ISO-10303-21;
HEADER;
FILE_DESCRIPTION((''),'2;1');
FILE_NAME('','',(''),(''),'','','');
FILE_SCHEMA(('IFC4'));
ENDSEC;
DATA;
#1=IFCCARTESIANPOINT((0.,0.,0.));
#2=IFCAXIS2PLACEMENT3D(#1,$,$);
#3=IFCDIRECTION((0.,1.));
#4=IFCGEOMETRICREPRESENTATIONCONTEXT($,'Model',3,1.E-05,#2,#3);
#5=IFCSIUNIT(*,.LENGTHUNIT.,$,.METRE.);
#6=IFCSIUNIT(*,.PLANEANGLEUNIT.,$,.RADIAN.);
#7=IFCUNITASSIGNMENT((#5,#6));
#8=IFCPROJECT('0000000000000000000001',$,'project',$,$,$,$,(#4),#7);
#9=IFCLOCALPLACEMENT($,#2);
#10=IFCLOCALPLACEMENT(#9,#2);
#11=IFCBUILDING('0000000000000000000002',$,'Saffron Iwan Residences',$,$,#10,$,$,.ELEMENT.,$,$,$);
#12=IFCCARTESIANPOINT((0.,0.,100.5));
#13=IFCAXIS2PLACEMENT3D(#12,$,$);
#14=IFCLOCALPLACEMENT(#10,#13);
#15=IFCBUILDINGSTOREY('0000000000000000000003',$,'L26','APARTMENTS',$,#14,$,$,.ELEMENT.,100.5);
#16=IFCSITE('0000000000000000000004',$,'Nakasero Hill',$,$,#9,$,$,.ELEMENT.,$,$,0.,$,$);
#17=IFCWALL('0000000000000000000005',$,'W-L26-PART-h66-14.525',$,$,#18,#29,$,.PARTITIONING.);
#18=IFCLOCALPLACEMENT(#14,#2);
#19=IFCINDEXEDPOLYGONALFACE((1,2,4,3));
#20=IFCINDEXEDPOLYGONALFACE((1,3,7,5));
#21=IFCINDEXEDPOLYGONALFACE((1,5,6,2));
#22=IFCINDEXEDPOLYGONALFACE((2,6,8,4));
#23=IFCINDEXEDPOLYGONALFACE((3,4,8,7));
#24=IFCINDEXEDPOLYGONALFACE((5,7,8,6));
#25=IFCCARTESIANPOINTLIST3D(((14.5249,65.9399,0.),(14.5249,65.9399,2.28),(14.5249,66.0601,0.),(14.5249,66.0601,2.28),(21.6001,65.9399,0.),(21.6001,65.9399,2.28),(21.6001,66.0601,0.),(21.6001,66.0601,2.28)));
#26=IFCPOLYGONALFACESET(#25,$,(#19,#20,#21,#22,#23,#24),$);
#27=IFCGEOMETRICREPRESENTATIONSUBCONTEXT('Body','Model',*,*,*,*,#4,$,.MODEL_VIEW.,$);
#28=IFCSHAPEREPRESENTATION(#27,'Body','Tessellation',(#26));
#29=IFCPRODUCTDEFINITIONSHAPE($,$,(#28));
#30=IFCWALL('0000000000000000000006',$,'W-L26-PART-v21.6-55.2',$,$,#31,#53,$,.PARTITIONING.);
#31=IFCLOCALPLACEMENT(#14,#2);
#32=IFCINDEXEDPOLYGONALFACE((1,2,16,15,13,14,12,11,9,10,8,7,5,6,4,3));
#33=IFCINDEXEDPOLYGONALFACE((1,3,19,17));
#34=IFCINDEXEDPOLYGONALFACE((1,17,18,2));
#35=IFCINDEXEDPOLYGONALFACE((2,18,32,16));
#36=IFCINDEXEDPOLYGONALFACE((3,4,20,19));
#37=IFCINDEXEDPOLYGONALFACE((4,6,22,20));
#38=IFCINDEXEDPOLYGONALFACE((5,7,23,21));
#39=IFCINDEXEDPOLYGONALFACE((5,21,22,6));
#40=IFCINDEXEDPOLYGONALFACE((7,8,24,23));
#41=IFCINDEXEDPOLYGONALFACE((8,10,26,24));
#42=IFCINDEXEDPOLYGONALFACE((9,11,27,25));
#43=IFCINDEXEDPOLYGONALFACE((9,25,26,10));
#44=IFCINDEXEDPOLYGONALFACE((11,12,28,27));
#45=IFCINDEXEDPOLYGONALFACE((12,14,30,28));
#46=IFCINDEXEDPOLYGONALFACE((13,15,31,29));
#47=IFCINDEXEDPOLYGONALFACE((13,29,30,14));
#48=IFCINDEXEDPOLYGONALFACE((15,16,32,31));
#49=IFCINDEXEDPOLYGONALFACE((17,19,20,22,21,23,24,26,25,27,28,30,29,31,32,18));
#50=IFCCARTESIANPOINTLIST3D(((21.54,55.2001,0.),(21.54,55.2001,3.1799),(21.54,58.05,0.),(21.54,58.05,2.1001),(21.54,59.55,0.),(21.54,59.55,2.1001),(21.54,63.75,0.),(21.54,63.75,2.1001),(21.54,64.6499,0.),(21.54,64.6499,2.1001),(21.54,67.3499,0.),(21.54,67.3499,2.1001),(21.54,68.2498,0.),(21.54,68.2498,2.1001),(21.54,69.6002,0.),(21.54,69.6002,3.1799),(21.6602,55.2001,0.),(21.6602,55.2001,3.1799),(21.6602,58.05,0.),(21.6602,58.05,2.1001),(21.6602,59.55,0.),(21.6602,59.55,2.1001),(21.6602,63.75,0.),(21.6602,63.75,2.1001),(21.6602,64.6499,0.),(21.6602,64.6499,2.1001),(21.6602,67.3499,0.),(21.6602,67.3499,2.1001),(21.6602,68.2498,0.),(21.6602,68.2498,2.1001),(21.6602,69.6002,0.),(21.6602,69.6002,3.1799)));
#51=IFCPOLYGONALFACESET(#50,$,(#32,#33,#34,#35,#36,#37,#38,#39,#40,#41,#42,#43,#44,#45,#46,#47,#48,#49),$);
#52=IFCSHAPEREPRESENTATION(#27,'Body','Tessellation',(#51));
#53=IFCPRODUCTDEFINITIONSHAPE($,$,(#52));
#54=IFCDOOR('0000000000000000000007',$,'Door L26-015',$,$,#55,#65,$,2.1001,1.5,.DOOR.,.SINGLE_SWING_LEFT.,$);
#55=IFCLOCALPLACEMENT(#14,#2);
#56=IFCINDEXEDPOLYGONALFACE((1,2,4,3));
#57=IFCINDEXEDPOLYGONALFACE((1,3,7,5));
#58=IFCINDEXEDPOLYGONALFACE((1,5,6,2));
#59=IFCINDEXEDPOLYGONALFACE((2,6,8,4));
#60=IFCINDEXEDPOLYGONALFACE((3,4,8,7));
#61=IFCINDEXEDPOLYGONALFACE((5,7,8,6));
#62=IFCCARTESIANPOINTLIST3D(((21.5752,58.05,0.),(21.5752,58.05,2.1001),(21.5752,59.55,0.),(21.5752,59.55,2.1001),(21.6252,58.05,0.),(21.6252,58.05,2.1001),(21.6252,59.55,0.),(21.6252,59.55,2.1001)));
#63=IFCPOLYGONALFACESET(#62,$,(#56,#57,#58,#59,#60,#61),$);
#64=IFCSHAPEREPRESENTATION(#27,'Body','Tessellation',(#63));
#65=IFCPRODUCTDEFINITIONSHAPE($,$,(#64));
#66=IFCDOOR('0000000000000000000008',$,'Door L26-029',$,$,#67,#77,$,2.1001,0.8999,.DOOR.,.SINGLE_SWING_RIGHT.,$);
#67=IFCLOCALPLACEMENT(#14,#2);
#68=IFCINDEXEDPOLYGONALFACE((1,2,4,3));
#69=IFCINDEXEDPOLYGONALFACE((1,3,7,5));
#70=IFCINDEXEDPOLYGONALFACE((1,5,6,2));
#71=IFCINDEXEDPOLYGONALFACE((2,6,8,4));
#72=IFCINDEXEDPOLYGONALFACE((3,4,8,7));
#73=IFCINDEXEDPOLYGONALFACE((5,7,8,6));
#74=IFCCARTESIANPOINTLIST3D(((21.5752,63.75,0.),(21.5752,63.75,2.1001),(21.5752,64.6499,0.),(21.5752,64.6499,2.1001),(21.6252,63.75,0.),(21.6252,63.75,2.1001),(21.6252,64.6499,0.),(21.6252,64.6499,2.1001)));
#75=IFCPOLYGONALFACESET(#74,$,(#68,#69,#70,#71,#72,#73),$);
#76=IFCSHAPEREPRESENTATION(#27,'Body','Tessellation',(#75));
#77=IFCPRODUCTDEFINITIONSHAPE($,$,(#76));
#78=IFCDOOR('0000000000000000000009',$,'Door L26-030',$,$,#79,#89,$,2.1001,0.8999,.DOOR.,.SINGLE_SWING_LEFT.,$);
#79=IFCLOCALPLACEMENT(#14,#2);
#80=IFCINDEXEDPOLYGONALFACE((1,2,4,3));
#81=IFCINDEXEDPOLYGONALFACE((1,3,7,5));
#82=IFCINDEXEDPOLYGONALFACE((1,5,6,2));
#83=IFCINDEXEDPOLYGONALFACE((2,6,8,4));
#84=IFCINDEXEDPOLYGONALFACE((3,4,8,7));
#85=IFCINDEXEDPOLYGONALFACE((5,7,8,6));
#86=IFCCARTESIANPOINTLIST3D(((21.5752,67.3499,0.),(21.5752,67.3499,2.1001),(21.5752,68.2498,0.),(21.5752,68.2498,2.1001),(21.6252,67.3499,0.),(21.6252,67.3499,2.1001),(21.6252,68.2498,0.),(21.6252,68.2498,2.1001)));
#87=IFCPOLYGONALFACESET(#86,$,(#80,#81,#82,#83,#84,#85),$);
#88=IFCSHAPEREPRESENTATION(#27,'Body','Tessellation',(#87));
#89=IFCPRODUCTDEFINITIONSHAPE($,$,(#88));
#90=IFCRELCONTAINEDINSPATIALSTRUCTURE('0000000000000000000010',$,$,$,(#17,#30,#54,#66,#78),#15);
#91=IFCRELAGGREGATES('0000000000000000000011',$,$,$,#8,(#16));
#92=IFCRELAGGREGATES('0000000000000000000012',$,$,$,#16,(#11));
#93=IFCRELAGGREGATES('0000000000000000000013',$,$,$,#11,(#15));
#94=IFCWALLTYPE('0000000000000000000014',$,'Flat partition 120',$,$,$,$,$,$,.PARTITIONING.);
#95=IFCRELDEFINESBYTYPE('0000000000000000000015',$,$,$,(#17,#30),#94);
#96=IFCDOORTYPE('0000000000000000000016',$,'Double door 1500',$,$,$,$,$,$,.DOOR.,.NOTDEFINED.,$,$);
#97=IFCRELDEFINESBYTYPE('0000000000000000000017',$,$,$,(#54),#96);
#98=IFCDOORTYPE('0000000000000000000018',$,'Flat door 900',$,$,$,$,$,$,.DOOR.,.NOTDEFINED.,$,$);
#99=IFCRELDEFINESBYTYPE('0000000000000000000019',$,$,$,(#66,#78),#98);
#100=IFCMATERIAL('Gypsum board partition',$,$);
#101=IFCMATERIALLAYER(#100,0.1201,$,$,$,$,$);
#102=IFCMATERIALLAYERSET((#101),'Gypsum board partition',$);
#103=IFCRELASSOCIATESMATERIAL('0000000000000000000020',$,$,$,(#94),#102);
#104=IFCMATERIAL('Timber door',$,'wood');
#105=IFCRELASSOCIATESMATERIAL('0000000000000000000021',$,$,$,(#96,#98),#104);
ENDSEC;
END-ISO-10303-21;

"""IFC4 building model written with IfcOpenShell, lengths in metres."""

from ifc_helpers import new_model, si_unit, direction, frame, frame_2d, origin, place, context, subcontext, project, spatial, rectangle, extrude, material, layer, layer_set, type_object, element, fill, save


model = new_model("IFC4")

# Units and contexts
model_context = context("Model", 3, precision=1e-05, world=origin(), true_north=direction((0.0, 1.0)))
body_context = subcontext(model_context, "Body", "Model", "MODEL_VIEW")
ifc_project = project(units=[si_unit("LENGTHUNIT", "METRE"), si_unit("PLANEANGLEUNIT", "RADIAN")], contexts=[model_context])

# Site, building, storey
site_placement = place(None, origin())
site = spatial("IfcSite", under=ifc_project, at=site_placement, Name="Nakasero Hill", CompositionType="ELEMENT", RefElevation=0.0)
building_placement = place(site_placement, origin())
building = spatial("IfcBuilding", under=site, at=building_placement, Name="Saffron Iwan Residences", CompositionType="ELEMENT")
storey_placement = place(building_placement, frame((0.0, 0.0, 100.5)))
storey = spatial("IfcBuildingStorey", under=building, at=storey_placement, Name="L26", Description="APARTMENTS", CompositionType="ELEMENT", Elevation=100.5)

# Wall
ifc_material_1 = material(Name="Gypsum board partition")
ifc_layer_1 = layer(ifc_material_1, 0.1201)
ifc_layer_set_1 = layer_set([ifc_layer_1], Name="Gypsum board partition")
wall_type_1 = type_object("IfcWallType", Name="Flat partition 120", PredefinedType="PARTITIONING", material=ifc_layer_set_1)
wall_1_placement = place(storey_placement, frame((14.5249, 66.0, 0.0), z_axis=(0.0, 0.0, 1.0), x_axis=(1.0, 0.0, 0.0)))
element("IfcWall", 1, at=wall_1_placement, inside=storey, type_object=wall_type_1, Name="W-L26-PART-h66-14.525", PredefinedType="PARTITIONING", context=body_context, shape_type="SweptSolid", body=[
    extrude(rectangle(XDim=7.0752, YDim=0.1201, at=frame_2d((3.5376, 0.0))), origin(), (0.0, 0.0, 1.0), 2.28),
])

# Wall, openings, doors
wall_2_placement = place(storey_placement, frame((21.6001, 55.2, 0.0), z_axis=(0.0, 0.0, 1.0), x_axis=(0.0, 1.0, 0.0)))
wall_2 = element("IfcWall", 2, at=wall_2_placement, inside=storey, type_object=wall_type_1, Name="W-L26-PART-v21.6-55.2", PredefinedType="PARTITIONING", context=body_context, shape_type="SweptSolid", body=[
    extrude(rectangle(XDim=14.4001, YDim=0.1201, at=frame_2d((7.2002, 0.0))), origin(), (0.0, 0.0, 1.0), 3.1799),
])
opening_1_placement = place(wall_2_placement, frame((2.8501, 0.0, 0.0)))
opening_1 = element("IfcOpeningElement", 3, at=opening_1_placement, cuts=wall_2, PredefinedType="OPENING", context=body_context, shape_type="SweptSolid", body=[
    extrude(rectangle(XDim=1.5, YDim=2.1001, at=frame_2d((0.75, 1.05))), frame((0.0, 0.0701, 0.0), z_axis=(0.0, -1.0, 0.0), x_axis=(1.0, 0.0, 0.0)), (0.0, 0.0, 1.0), 0.1401),
])
opening_2_placement = place(wall_2_placement, frame((8.55, 0.0, 0.0)))
opening_2 = element("IfcOpeningElement", 4, at=opening_2_placement, cuts=wall_2, PredefinedType="OPENING", context=body_context, shape_type="SweptSolid", body=[
    extrude(rectangle(XDim=0.8999, YDim=2.1001, at=frame_2d((0.45, 1.05))), frame((0.0, 0.0701, 0.0), z_axis=(0.0, -1.0, 0.0), x_axis=(1.0, 0.0, 0.0)), (0.0, 0.0, 1.0), 0.1401),
])
opening_3_placement = place(wall_2_placement, frame((12.1499, 0.0, 0.0)))
opening_3 = element("IfcOpeningElement", 5, at=opening_3_placement, cuts=wall_2, PredefinedType="OPENING", context=body_context, shape_type="SweptSolid", body=[
    extrude(rectangle(XDim=0.8999, YDim=2.1001, at=frame_2d((0.45, 1.05))), frame((0.0, 0.0701, 0.0), z_axis=(0.0, -1.0, 0.0), x_axis=(1.0, 0.0, 0.0)), (0.0, 0.0, 1.0), 0.1401),
])
ifc_material_2 = material(Name="Timber door", Category="wood")
door_type_1 = type_object("IfcDoorType", Name="Double door 1500", OperationType="NOTDEFINED", PredefinedType="DOOR", material=ifc_material_2)
door_1_placement = place(opening_1_placement, origin())
door_1 = element("IfcDoor", 6, at=door_1_placement, inside=storey, type_object=door_type_1, Name="Door L26-015", OperationType="SINGLE_SWING_LEFT", OverallHeight=2.1001, OverallWidth=1.5, PredefinedType="DOOR", context=body_context, shape_type="SweptSolid", body=[
    extrude(rectangle(XDim=1.5, YDim=2.1001, at=frame_2d((0.75, 1.05))), frame((0.0, 0.0249, 0.0), z_axis=(0.0, -1.0, 0.0), x_axis=(1.0, 0.0, 0.0)), (0.0, 0.0, 1.0), 0.05),
])
fill(opening_1, door_1)
door_type_2 = type_object("IfcDoorType", Name="Flat door 900", OperationType="NOTDEFINED", PredefinedType="DOOR", material=ifc_material_2)
door_2_placement = place(opening_2_placement, origin())
door_2 = element("IfcDoor", 7, at=door_2_placement, inside=storey, type_object=door_type_2, Name="Door L26-029", OperationType="SINGLE_SWING_RIGHT", OverallHeight=2.1001, OverallWidth=0.8999, PredefinedType="DOOR", context=body_context, shape_type="SweptSolid", body=[
    extrude(rectangle(XDim=0.8999, YDim=2.1001, at=frame_2d((0.45, 1.05))), frame((0.0, 0.0249, 0.0), z_axis=(0.0, -1.0, 0.0), x_axis=(1.0, 0.0, 0.0)), (0.0, 0.0, 1.0), 0.05),
])
fill(opening_2, door_2)
door_3_placement = place(opening_3_placement, origin())
door_3 = element("IfcDoor", 8, at=door_3_placement, inside=storey, type_object=door_type_2, Name="Door L26-030", OperationType="SINGLE_SWING_LEFT", OverallHeight=2.1001, OverallWidth=0.8999, PredefinedType="DOOR", context=body_context, shape_type="SweptSolid", body=[
    extrude(rectangle(XDim=0.8999, YDim=2.1001, at=frame_2d((0.45, 1.05))), frame((0.0, 0.0249, 0.0), z_axis=(0.0, -1.0, 0.0), x_axis=(1.0, 0.0, 0.0)), (0.0, 0.0, 1.0), 0.05),
])
fill(opening_3, door_3)

save(model, "model.ifc")
